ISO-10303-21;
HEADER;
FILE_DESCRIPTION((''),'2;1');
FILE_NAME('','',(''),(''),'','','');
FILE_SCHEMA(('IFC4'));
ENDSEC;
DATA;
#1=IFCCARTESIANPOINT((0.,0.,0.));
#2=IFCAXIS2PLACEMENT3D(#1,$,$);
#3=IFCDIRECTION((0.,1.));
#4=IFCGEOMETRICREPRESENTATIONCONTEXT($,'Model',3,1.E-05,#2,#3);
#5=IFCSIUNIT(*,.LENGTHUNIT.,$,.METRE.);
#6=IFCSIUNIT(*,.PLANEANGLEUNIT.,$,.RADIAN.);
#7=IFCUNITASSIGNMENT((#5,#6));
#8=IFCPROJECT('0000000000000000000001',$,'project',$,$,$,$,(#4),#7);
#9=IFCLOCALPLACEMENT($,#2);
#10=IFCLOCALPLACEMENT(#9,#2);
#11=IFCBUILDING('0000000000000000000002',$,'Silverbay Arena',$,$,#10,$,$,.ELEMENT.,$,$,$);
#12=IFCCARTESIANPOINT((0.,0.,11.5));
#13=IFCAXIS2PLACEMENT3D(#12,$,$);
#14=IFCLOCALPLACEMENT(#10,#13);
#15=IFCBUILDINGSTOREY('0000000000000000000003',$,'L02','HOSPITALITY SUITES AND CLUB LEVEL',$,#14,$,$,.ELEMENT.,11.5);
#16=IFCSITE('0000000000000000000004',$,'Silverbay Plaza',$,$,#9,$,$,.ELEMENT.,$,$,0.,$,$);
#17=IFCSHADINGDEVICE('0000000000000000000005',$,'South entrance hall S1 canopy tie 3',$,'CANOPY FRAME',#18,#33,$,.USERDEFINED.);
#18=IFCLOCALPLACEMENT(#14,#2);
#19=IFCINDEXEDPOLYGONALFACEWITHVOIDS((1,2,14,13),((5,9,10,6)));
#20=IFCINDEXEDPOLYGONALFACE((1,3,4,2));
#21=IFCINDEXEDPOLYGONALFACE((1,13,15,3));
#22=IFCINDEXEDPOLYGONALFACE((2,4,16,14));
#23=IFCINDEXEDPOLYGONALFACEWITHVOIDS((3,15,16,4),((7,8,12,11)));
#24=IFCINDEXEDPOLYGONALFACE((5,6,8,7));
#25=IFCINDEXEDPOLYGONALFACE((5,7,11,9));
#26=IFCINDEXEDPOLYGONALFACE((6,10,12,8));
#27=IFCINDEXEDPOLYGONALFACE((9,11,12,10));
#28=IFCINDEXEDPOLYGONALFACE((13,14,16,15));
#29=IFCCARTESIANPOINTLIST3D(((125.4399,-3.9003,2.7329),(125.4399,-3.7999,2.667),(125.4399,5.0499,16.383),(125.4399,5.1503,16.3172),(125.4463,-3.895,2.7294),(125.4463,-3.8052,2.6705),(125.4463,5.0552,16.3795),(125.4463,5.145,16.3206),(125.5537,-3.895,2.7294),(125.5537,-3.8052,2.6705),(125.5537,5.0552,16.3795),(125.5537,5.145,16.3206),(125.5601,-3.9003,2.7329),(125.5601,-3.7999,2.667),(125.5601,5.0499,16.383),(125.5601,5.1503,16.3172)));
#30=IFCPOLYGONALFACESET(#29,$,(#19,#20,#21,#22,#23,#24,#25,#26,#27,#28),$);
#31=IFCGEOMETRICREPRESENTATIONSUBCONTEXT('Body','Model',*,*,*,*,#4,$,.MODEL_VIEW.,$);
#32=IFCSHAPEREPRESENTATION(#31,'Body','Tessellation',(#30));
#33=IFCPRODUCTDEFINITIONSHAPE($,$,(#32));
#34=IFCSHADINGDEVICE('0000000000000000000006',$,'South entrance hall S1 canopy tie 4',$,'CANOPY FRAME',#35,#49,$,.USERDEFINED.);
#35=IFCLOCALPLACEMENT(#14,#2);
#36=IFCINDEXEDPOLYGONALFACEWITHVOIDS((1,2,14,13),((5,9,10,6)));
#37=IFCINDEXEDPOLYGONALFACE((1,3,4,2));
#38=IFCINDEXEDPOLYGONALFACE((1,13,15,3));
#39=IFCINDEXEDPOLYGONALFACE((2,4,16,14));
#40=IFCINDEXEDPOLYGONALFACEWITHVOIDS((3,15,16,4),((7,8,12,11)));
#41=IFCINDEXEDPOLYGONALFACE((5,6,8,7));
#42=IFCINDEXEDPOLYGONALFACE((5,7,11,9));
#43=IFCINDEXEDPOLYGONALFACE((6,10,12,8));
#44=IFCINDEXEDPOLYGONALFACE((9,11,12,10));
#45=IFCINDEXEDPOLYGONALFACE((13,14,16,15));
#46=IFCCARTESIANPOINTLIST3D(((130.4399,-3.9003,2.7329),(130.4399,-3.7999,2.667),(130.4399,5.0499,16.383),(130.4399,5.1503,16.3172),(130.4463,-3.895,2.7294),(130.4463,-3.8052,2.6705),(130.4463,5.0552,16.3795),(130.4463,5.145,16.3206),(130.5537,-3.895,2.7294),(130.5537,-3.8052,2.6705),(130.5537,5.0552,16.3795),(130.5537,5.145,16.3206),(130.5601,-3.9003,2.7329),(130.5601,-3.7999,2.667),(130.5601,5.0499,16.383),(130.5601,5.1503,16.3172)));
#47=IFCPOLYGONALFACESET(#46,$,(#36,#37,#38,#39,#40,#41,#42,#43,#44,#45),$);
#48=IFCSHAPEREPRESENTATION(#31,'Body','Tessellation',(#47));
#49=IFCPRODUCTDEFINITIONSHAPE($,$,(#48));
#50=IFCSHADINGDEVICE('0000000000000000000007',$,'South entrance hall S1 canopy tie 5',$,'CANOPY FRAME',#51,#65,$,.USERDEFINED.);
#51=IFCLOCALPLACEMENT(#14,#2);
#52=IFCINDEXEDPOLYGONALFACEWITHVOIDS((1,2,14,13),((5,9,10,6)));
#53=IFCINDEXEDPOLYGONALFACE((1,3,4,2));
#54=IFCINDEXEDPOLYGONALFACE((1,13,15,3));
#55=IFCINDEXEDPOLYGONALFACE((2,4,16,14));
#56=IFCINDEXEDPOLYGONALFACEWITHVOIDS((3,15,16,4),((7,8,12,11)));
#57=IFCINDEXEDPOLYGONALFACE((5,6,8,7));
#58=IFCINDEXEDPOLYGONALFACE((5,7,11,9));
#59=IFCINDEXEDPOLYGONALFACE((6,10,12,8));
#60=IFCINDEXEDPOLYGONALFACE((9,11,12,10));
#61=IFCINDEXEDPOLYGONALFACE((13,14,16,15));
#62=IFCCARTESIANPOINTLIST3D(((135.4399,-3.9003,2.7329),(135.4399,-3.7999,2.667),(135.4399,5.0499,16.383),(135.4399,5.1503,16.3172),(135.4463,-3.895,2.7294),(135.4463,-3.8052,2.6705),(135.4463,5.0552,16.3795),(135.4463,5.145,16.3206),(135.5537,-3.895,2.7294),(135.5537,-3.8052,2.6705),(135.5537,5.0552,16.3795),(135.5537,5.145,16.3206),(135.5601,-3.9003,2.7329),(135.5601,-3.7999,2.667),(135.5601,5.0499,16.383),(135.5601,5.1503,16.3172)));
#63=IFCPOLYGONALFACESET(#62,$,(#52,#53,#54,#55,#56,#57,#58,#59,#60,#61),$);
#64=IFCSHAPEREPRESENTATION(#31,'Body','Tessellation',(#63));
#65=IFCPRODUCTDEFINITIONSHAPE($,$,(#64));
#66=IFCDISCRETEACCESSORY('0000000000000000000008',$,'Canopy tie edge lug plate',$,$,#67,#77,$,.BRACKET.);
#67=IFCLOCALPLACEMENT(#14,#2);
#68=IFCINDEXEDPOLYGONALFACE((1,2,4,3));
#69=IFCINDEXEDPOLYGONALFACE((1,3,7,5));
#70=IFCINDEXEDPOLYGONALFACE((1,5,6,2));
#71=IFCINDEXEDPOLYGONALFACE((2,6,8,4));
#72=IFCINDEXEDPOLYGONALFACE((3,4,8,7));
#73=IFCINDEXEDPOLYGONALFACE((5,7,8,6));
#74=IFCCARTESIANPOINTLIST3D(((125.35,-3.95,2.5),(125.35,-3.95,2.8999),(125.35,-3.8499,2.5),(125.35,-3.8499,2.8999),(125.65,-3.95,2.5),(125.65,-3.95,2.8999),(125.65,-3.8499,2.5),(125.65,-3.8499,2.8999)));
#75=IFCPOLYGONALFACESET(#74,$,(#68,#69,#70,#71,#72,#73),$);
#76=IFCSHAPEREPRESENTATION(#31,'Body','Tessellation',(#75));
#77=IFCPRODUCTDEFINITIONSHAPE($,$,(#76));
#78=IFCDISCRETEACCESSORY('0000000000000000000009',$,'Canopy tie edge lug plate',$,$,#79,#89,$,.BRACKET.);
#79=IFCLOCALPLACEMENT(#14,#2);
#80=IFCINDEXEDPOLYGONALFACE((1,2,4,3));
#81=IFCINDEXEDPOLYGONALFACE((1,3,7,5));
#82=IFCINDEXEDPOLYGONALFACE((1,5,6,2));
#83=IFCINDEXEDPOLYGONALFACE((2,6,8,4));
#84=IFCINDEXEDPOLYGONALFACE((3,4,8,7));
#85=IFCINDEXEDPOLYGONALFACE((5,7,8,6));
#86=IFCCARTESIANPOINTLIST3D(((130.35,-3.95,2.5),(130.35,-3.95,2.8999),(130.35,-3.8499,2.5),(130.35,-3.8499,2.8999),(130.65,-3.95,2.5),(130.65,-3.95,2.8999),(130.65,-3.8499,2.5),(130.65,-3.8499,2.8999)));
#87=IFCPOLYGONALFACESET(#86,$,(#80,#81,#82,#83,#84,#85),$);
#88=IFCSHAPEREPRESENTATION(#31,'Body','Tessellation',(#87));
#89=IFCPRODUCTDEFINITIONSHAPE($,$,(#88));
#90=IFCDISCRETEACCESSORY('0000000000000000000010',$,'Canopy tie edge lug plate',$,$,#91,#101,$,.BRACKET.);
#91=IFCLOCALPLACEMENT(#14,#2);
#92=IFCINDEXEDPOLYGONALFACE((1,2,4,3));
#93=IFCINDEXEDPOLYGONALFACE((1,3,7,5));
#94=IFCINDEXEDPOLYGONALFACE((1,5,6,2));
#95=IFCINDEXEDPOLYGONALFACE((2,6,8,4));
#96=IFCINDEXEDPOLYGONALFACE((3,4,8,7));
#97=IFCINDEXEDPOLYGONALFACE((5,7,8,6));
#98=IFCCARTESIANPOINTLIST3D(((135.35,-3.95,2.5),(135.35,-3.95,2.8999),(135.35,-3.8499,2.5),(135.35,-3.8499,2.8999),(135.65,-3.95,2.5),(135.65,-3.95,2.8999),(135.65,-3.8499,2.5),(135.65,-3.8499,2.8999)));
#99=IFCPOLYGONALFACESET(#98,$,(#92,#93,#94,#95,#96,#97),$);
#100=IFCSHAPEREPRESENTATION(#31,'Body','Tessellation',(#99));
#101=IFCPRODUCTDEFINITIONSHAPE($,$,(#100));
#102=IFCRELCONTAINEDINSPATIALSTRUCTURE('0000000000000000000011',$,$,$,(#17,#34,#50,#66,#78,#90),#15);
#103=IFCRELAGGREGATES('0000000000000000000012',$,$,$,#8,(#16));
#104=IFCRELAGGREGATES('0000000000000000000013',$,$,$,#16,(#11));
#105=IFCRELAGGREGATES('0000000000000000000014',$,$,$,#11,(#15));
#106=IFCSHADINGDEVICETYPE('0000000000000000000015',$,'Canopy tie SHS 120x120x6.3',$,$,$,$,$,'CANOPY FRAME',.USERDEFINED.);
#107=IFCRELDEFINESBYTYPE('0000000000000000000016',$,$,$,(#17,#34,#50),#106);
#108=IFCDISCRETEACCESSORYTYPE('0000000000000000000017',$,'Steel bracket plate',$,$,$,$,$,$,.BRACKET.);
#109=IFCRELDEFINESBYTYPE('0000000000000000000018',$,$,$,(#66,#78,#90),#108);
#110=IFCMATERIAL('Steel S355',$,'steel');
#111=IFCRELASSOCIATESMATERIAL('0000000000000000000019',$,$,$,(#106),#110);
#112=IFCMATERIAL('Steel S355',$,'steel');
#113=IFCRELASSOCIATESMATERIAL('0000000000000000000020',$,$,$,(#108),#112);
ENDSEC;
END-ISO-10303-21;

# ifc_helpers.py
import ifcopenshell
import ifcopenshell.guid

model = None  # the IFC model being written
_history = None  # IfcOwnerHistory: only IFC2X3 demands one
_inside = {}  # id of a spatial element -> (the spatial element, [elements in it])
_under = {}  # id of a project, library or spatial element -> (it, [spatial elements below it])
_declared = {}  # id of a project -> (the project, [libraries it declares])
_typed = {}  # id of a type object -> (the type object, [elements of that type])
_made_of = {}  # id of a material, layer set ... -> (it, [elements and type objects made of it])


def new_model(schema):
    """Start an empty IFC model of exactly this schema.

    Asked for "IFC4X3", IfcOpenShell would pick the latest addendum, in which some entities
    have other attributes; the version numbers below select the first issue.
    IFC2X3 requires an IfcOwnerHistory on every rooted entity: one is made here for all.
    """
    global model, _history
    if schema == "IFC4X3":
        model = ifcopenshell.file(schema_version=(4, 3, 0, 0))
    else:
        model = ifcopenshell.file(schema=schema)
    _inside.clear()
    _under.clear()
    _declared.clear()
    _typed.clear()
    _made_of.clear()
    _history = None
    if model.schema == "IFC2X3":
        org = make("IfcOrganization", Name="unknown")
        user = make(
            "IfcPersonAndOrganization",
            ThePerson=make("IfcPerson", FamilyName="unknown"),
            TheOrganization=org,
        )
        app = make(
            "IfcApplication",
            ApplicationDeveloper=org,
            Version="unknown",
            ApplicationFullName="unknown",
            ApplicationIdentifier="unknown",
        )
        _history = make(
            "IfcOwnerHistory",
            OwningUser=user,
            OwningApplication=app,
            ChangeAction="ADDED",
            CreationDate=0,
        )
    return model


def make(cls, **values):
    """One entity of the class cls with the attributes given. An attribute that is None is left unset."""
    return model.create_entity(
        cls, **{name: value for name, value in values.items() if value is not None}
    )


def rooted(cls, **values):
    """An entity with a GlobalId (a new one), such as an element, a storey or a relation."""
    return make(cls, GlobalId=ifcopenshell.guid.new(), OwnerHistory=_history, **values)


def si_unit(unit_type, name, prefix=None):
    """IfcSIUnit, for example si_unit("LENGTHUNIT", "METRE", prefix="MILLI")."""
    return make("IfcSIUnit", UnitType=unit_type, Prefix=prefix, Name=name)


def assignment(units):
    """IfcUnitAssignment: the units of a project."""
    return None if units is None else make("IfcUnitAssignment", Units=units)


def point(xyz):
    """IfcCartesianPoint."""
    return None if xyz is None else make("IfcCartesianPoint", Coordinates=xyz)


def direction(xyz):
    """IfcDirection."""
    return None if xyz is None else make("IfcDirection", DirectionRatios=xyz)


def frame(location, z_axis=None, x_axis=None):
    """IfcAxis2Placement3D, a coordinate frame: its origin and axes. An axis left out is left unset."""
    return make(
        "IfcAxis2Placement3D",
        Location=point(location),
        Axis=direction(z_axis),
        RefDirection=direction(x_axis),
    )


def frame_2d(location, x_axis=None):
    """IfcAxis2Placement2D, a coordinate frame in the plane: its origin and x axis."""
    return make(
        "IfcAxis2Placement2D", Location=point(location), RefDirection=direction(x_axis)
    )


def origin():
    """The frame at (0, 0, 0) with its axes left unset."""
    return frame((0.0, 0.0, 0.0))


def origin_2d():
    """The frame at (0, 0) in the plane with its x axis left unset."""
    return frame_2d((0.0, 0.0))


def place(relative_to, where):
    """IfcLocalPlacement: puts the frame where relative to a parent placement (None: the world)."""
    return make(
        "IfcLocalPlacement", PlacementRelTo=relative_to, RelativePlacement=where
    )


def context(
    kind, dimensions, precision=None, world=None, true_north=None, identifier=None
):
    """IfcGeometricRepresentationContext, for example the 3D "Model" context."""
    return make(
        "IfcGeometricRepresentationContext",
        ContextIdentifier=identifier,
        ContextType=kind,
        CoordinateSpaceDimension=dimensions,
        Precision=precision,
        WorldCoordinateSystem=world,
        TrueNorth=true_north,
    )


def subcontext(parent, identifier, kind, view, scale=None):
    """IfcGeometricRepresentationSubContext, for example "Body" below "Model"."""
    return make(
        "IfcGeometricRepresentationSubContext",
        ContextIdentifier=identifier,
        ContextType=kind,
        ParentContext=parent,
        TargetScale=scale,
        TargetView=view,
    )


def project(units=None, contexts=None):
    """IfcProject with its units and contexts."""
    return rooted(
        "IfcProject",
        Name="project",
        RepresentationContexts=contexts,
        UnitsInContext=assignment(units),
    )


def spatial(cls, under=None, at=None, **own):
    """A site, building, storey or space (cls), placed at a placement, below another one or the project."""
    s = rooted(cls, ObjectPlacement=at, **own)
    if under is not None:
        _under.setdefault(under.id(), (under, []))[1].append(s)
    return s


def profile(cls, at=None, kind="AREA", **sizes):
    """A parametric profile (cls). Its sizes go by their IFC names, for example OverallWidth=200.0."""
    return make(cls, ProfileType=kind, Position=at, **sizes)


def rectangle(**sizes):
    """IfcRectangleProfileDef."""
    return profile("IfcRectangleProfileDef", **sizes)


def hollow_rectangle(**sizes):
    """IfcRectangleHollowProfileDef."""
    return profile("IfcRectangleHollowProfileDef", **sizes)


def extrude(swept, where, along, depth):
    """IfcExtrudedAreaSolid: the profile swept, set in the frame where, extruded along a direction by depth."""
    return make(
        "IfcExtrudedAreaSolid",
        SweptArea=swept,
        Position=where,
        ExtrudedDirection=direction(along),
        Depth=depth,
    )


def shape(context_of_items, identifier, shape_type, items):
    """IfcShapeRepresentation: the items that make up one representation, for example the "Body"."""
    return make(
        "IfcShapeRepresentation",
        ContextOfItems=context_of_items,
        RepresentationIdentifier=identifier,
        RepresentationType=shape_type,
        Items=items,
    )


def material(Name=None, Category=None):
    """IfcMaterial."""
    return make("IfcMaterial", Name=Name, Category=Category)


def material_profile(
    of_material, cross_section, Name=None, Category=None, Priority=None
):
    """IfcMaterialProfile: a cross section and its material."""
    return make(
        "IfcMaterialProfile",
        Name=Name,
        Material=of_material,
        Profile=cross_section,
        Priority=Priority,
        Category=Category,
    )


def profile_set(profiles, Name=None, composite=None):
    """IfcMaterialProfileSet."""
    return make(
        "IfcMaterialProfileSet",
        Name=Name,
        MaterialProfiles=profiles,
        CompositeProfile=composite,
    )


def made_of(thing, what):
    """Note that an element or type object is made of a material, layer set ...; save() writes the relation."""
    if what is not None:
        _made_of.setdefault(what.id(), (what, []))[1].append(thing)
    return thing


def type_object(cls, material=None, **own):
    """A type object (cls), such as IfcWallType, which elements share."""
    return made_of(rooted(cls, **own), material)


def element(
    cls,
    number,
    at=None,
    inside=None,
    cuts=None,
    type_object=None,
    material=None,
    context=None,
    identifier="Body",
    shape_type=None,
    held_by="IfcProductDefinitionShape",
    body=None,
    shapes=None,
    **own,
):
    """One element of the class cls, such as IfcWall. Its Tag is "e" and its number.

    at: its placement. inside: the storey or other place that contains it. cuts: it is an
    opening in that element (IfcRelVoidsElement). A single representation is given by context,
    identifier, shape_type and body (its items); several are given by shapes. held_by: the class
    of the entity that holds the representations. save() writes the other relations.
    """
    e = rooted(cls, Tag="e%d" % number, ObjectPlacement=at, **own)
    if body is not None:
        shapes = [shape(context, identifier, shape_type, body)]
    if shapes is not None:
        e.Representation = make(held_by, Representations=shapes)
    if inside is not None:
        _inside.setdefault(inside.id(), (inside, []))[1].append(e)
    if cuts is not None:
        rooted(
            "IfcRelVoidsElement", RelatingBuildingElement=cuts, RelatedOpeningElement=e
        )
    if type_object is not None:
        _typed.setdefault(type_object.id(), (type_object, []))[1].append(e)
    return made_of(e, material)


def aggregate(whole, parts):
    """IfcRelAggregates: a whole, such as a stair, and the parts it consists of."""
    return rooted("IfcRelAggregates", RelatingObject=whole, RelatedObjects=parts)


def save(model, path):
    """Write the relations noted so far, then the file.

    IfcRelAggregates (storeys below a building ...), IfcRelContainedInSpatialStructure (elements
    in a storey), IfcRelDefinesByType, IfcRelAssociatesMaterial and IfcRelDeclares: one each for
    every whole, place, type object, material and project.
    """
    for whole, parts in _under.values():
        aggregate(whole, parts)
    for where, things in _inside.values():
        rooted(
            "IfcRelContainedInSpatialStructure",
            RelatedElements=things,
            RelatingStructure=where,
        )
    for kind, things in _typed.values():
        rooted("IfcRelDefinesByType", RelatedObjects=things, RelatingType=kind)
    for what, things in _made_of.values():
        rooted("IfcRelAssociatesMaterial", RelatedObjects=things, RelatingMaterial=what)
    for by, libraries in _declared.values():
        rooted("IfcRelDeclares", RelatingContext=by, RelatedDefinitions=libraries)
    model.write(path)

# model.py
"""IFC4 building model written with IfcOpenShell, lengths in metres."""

from ifc_helpers import new_model, si_unit, direction, frame, origin, origin_2d, place, context, subcontext, project, spatial, rectangle, hollow_rectangle, extrude, material, material_profile, profile_set, type_object, element, save


model = new_model("IFC4")

# Units and contexts
model_context = context("Model", 3, precision=1e-05, world=origin(), true_north=direction((0.0, 1.0)))
body_context = subcontext(model_context, "Body", "Model", "MODEL_VIEW")
ifc_project = project(units=[si_unit("LENGTHUNIT", "METRE"), si_unit("PLANEANGLEUNIT", "RADIAN")], contexts=[model_context])

# Site, building, storey
site_placement = place(None, origin())
site = spatial("IfcSite", under=ifc_project, at=site_placement, Name="Silverbay Plaza", CompositionType="ELEMENT", RefElevation=0.0)
building_placement = place(site_placement, origin())
building = spatial("IfcBuilding", under=site, at=building_placement, Name="Silverbay Arena", CompositionType="ELEMENT")
storey_placement = place(building_placement, frame((0.0, 0.0, 11.5)))
storey = spatial("IfcBuildingStorey", under=building, at=storey_placement, Name="L02", Description="HOSPITALITY SUITES AND CLUB LEVEL", CompositionType="ELEMENT", Elevation=11.5)

# Shading devices
ifc_material_1 = material(Name="Steel S355", Category="steel")
ifc_material_profile_1 = material_profile(ifc_material_1, hollow_rectangle(XDim=0.1201, YDim=0.1201, WallThickness=0.0063, at=origin_2d()), Name="SHS 120x120x6.3")
ifc_profile_set_1 = profile_set([ifc_material_profile_1], Name="Steel S355")
shading_device_type_1 = type_object("IfcShadingDeviceType", Name="Canopy tie SHS 120x120x6.3", ElementType="CANOPY FRAME", PredefinedType="USERDEFINED", material=ifc_profile_set_1)
for number, where, z_axis, x_axis, name in (
    (1, (125.5, 5.1001, 16.3501), (0.0, -0.548326, -0.836265), (1.0, 0.0, 0.0), "South entrance hall S1 canopy tie 3"),
    (2, (130.5, 5.1001, 16.3501), (0.0, -0.548326, -0.836265), (1.0, 0.0, 0.0), "South entrance hall S1 canopy tie 4"),
    (3, (135.5, 5.1001, 16.3501), (0.0, -0.548326, -0.836265), (1.0, 0.0, 0.0), "South entrance hall S1 canopy tie 5"),
):
    element("IfcShadingDevice", number, at=place(storey_placement, frame(where, z_axis=z_axis, x_axis=x_axis)), inside=storey, type_object=shading_device_type_1, Name=name, ObjectType="CANOPY FRAME", PredefinedType="USERDEFINED", context=body_context, shape_type="SweptSolid", body=[
        extrude(hollow_rectangle(XDim=0.1201, YDim=0.1201, WallThickness=0.0063, at=origin_2d()), origin(), (0.0, 0.0, 1.0), 16.3228),
    ])

# Discrete accessories
ifc_material_2 = material(Name="Steel S355", Category="steel")
discrete_accessory_type = type_object("IfcDiscreteAccessoryType", Name="Steel bracket plate", PredefinedType="BRACKET", material=ifc_material_2)
for number, where, z_axis, x_axis, name in (
    (4, (125.5, -3.8999, 2.5), (0.0, 0.0, 1.0), (1.0, 0.0, 0.0), "Canopy tie edge lug plate"),
    (5, (130.5, -3.8999, 2.5), (0.0, 0.0, 1.0), (1.0, 0.0, 0.0), "Canopy tie edge lug plate"),
    (6, (135.5, -3.8999, 2.5), (0.0, 0.0, 1.0), (1.0, 0.0, 0.0), "Canopy tie edge lug plate"),
):
    element("IfcDiscreteAccessory", number, at=place(storey_placement, frame(where, z_axis=z_axis, x_axis=x_axis)), inside=storey, type_object=discrete_accessory_type, Name=name, PredefinedType="BRACKET", context=body_context, shape_type="SweptSolid", body=[
        extrude(rectangle(XDim=0.3, YDim=0.1001, at=origin_2d()), origin(), (0.0, 0.0, 1.0), 0.3999),
    ])

save(model, "model.ifc")
